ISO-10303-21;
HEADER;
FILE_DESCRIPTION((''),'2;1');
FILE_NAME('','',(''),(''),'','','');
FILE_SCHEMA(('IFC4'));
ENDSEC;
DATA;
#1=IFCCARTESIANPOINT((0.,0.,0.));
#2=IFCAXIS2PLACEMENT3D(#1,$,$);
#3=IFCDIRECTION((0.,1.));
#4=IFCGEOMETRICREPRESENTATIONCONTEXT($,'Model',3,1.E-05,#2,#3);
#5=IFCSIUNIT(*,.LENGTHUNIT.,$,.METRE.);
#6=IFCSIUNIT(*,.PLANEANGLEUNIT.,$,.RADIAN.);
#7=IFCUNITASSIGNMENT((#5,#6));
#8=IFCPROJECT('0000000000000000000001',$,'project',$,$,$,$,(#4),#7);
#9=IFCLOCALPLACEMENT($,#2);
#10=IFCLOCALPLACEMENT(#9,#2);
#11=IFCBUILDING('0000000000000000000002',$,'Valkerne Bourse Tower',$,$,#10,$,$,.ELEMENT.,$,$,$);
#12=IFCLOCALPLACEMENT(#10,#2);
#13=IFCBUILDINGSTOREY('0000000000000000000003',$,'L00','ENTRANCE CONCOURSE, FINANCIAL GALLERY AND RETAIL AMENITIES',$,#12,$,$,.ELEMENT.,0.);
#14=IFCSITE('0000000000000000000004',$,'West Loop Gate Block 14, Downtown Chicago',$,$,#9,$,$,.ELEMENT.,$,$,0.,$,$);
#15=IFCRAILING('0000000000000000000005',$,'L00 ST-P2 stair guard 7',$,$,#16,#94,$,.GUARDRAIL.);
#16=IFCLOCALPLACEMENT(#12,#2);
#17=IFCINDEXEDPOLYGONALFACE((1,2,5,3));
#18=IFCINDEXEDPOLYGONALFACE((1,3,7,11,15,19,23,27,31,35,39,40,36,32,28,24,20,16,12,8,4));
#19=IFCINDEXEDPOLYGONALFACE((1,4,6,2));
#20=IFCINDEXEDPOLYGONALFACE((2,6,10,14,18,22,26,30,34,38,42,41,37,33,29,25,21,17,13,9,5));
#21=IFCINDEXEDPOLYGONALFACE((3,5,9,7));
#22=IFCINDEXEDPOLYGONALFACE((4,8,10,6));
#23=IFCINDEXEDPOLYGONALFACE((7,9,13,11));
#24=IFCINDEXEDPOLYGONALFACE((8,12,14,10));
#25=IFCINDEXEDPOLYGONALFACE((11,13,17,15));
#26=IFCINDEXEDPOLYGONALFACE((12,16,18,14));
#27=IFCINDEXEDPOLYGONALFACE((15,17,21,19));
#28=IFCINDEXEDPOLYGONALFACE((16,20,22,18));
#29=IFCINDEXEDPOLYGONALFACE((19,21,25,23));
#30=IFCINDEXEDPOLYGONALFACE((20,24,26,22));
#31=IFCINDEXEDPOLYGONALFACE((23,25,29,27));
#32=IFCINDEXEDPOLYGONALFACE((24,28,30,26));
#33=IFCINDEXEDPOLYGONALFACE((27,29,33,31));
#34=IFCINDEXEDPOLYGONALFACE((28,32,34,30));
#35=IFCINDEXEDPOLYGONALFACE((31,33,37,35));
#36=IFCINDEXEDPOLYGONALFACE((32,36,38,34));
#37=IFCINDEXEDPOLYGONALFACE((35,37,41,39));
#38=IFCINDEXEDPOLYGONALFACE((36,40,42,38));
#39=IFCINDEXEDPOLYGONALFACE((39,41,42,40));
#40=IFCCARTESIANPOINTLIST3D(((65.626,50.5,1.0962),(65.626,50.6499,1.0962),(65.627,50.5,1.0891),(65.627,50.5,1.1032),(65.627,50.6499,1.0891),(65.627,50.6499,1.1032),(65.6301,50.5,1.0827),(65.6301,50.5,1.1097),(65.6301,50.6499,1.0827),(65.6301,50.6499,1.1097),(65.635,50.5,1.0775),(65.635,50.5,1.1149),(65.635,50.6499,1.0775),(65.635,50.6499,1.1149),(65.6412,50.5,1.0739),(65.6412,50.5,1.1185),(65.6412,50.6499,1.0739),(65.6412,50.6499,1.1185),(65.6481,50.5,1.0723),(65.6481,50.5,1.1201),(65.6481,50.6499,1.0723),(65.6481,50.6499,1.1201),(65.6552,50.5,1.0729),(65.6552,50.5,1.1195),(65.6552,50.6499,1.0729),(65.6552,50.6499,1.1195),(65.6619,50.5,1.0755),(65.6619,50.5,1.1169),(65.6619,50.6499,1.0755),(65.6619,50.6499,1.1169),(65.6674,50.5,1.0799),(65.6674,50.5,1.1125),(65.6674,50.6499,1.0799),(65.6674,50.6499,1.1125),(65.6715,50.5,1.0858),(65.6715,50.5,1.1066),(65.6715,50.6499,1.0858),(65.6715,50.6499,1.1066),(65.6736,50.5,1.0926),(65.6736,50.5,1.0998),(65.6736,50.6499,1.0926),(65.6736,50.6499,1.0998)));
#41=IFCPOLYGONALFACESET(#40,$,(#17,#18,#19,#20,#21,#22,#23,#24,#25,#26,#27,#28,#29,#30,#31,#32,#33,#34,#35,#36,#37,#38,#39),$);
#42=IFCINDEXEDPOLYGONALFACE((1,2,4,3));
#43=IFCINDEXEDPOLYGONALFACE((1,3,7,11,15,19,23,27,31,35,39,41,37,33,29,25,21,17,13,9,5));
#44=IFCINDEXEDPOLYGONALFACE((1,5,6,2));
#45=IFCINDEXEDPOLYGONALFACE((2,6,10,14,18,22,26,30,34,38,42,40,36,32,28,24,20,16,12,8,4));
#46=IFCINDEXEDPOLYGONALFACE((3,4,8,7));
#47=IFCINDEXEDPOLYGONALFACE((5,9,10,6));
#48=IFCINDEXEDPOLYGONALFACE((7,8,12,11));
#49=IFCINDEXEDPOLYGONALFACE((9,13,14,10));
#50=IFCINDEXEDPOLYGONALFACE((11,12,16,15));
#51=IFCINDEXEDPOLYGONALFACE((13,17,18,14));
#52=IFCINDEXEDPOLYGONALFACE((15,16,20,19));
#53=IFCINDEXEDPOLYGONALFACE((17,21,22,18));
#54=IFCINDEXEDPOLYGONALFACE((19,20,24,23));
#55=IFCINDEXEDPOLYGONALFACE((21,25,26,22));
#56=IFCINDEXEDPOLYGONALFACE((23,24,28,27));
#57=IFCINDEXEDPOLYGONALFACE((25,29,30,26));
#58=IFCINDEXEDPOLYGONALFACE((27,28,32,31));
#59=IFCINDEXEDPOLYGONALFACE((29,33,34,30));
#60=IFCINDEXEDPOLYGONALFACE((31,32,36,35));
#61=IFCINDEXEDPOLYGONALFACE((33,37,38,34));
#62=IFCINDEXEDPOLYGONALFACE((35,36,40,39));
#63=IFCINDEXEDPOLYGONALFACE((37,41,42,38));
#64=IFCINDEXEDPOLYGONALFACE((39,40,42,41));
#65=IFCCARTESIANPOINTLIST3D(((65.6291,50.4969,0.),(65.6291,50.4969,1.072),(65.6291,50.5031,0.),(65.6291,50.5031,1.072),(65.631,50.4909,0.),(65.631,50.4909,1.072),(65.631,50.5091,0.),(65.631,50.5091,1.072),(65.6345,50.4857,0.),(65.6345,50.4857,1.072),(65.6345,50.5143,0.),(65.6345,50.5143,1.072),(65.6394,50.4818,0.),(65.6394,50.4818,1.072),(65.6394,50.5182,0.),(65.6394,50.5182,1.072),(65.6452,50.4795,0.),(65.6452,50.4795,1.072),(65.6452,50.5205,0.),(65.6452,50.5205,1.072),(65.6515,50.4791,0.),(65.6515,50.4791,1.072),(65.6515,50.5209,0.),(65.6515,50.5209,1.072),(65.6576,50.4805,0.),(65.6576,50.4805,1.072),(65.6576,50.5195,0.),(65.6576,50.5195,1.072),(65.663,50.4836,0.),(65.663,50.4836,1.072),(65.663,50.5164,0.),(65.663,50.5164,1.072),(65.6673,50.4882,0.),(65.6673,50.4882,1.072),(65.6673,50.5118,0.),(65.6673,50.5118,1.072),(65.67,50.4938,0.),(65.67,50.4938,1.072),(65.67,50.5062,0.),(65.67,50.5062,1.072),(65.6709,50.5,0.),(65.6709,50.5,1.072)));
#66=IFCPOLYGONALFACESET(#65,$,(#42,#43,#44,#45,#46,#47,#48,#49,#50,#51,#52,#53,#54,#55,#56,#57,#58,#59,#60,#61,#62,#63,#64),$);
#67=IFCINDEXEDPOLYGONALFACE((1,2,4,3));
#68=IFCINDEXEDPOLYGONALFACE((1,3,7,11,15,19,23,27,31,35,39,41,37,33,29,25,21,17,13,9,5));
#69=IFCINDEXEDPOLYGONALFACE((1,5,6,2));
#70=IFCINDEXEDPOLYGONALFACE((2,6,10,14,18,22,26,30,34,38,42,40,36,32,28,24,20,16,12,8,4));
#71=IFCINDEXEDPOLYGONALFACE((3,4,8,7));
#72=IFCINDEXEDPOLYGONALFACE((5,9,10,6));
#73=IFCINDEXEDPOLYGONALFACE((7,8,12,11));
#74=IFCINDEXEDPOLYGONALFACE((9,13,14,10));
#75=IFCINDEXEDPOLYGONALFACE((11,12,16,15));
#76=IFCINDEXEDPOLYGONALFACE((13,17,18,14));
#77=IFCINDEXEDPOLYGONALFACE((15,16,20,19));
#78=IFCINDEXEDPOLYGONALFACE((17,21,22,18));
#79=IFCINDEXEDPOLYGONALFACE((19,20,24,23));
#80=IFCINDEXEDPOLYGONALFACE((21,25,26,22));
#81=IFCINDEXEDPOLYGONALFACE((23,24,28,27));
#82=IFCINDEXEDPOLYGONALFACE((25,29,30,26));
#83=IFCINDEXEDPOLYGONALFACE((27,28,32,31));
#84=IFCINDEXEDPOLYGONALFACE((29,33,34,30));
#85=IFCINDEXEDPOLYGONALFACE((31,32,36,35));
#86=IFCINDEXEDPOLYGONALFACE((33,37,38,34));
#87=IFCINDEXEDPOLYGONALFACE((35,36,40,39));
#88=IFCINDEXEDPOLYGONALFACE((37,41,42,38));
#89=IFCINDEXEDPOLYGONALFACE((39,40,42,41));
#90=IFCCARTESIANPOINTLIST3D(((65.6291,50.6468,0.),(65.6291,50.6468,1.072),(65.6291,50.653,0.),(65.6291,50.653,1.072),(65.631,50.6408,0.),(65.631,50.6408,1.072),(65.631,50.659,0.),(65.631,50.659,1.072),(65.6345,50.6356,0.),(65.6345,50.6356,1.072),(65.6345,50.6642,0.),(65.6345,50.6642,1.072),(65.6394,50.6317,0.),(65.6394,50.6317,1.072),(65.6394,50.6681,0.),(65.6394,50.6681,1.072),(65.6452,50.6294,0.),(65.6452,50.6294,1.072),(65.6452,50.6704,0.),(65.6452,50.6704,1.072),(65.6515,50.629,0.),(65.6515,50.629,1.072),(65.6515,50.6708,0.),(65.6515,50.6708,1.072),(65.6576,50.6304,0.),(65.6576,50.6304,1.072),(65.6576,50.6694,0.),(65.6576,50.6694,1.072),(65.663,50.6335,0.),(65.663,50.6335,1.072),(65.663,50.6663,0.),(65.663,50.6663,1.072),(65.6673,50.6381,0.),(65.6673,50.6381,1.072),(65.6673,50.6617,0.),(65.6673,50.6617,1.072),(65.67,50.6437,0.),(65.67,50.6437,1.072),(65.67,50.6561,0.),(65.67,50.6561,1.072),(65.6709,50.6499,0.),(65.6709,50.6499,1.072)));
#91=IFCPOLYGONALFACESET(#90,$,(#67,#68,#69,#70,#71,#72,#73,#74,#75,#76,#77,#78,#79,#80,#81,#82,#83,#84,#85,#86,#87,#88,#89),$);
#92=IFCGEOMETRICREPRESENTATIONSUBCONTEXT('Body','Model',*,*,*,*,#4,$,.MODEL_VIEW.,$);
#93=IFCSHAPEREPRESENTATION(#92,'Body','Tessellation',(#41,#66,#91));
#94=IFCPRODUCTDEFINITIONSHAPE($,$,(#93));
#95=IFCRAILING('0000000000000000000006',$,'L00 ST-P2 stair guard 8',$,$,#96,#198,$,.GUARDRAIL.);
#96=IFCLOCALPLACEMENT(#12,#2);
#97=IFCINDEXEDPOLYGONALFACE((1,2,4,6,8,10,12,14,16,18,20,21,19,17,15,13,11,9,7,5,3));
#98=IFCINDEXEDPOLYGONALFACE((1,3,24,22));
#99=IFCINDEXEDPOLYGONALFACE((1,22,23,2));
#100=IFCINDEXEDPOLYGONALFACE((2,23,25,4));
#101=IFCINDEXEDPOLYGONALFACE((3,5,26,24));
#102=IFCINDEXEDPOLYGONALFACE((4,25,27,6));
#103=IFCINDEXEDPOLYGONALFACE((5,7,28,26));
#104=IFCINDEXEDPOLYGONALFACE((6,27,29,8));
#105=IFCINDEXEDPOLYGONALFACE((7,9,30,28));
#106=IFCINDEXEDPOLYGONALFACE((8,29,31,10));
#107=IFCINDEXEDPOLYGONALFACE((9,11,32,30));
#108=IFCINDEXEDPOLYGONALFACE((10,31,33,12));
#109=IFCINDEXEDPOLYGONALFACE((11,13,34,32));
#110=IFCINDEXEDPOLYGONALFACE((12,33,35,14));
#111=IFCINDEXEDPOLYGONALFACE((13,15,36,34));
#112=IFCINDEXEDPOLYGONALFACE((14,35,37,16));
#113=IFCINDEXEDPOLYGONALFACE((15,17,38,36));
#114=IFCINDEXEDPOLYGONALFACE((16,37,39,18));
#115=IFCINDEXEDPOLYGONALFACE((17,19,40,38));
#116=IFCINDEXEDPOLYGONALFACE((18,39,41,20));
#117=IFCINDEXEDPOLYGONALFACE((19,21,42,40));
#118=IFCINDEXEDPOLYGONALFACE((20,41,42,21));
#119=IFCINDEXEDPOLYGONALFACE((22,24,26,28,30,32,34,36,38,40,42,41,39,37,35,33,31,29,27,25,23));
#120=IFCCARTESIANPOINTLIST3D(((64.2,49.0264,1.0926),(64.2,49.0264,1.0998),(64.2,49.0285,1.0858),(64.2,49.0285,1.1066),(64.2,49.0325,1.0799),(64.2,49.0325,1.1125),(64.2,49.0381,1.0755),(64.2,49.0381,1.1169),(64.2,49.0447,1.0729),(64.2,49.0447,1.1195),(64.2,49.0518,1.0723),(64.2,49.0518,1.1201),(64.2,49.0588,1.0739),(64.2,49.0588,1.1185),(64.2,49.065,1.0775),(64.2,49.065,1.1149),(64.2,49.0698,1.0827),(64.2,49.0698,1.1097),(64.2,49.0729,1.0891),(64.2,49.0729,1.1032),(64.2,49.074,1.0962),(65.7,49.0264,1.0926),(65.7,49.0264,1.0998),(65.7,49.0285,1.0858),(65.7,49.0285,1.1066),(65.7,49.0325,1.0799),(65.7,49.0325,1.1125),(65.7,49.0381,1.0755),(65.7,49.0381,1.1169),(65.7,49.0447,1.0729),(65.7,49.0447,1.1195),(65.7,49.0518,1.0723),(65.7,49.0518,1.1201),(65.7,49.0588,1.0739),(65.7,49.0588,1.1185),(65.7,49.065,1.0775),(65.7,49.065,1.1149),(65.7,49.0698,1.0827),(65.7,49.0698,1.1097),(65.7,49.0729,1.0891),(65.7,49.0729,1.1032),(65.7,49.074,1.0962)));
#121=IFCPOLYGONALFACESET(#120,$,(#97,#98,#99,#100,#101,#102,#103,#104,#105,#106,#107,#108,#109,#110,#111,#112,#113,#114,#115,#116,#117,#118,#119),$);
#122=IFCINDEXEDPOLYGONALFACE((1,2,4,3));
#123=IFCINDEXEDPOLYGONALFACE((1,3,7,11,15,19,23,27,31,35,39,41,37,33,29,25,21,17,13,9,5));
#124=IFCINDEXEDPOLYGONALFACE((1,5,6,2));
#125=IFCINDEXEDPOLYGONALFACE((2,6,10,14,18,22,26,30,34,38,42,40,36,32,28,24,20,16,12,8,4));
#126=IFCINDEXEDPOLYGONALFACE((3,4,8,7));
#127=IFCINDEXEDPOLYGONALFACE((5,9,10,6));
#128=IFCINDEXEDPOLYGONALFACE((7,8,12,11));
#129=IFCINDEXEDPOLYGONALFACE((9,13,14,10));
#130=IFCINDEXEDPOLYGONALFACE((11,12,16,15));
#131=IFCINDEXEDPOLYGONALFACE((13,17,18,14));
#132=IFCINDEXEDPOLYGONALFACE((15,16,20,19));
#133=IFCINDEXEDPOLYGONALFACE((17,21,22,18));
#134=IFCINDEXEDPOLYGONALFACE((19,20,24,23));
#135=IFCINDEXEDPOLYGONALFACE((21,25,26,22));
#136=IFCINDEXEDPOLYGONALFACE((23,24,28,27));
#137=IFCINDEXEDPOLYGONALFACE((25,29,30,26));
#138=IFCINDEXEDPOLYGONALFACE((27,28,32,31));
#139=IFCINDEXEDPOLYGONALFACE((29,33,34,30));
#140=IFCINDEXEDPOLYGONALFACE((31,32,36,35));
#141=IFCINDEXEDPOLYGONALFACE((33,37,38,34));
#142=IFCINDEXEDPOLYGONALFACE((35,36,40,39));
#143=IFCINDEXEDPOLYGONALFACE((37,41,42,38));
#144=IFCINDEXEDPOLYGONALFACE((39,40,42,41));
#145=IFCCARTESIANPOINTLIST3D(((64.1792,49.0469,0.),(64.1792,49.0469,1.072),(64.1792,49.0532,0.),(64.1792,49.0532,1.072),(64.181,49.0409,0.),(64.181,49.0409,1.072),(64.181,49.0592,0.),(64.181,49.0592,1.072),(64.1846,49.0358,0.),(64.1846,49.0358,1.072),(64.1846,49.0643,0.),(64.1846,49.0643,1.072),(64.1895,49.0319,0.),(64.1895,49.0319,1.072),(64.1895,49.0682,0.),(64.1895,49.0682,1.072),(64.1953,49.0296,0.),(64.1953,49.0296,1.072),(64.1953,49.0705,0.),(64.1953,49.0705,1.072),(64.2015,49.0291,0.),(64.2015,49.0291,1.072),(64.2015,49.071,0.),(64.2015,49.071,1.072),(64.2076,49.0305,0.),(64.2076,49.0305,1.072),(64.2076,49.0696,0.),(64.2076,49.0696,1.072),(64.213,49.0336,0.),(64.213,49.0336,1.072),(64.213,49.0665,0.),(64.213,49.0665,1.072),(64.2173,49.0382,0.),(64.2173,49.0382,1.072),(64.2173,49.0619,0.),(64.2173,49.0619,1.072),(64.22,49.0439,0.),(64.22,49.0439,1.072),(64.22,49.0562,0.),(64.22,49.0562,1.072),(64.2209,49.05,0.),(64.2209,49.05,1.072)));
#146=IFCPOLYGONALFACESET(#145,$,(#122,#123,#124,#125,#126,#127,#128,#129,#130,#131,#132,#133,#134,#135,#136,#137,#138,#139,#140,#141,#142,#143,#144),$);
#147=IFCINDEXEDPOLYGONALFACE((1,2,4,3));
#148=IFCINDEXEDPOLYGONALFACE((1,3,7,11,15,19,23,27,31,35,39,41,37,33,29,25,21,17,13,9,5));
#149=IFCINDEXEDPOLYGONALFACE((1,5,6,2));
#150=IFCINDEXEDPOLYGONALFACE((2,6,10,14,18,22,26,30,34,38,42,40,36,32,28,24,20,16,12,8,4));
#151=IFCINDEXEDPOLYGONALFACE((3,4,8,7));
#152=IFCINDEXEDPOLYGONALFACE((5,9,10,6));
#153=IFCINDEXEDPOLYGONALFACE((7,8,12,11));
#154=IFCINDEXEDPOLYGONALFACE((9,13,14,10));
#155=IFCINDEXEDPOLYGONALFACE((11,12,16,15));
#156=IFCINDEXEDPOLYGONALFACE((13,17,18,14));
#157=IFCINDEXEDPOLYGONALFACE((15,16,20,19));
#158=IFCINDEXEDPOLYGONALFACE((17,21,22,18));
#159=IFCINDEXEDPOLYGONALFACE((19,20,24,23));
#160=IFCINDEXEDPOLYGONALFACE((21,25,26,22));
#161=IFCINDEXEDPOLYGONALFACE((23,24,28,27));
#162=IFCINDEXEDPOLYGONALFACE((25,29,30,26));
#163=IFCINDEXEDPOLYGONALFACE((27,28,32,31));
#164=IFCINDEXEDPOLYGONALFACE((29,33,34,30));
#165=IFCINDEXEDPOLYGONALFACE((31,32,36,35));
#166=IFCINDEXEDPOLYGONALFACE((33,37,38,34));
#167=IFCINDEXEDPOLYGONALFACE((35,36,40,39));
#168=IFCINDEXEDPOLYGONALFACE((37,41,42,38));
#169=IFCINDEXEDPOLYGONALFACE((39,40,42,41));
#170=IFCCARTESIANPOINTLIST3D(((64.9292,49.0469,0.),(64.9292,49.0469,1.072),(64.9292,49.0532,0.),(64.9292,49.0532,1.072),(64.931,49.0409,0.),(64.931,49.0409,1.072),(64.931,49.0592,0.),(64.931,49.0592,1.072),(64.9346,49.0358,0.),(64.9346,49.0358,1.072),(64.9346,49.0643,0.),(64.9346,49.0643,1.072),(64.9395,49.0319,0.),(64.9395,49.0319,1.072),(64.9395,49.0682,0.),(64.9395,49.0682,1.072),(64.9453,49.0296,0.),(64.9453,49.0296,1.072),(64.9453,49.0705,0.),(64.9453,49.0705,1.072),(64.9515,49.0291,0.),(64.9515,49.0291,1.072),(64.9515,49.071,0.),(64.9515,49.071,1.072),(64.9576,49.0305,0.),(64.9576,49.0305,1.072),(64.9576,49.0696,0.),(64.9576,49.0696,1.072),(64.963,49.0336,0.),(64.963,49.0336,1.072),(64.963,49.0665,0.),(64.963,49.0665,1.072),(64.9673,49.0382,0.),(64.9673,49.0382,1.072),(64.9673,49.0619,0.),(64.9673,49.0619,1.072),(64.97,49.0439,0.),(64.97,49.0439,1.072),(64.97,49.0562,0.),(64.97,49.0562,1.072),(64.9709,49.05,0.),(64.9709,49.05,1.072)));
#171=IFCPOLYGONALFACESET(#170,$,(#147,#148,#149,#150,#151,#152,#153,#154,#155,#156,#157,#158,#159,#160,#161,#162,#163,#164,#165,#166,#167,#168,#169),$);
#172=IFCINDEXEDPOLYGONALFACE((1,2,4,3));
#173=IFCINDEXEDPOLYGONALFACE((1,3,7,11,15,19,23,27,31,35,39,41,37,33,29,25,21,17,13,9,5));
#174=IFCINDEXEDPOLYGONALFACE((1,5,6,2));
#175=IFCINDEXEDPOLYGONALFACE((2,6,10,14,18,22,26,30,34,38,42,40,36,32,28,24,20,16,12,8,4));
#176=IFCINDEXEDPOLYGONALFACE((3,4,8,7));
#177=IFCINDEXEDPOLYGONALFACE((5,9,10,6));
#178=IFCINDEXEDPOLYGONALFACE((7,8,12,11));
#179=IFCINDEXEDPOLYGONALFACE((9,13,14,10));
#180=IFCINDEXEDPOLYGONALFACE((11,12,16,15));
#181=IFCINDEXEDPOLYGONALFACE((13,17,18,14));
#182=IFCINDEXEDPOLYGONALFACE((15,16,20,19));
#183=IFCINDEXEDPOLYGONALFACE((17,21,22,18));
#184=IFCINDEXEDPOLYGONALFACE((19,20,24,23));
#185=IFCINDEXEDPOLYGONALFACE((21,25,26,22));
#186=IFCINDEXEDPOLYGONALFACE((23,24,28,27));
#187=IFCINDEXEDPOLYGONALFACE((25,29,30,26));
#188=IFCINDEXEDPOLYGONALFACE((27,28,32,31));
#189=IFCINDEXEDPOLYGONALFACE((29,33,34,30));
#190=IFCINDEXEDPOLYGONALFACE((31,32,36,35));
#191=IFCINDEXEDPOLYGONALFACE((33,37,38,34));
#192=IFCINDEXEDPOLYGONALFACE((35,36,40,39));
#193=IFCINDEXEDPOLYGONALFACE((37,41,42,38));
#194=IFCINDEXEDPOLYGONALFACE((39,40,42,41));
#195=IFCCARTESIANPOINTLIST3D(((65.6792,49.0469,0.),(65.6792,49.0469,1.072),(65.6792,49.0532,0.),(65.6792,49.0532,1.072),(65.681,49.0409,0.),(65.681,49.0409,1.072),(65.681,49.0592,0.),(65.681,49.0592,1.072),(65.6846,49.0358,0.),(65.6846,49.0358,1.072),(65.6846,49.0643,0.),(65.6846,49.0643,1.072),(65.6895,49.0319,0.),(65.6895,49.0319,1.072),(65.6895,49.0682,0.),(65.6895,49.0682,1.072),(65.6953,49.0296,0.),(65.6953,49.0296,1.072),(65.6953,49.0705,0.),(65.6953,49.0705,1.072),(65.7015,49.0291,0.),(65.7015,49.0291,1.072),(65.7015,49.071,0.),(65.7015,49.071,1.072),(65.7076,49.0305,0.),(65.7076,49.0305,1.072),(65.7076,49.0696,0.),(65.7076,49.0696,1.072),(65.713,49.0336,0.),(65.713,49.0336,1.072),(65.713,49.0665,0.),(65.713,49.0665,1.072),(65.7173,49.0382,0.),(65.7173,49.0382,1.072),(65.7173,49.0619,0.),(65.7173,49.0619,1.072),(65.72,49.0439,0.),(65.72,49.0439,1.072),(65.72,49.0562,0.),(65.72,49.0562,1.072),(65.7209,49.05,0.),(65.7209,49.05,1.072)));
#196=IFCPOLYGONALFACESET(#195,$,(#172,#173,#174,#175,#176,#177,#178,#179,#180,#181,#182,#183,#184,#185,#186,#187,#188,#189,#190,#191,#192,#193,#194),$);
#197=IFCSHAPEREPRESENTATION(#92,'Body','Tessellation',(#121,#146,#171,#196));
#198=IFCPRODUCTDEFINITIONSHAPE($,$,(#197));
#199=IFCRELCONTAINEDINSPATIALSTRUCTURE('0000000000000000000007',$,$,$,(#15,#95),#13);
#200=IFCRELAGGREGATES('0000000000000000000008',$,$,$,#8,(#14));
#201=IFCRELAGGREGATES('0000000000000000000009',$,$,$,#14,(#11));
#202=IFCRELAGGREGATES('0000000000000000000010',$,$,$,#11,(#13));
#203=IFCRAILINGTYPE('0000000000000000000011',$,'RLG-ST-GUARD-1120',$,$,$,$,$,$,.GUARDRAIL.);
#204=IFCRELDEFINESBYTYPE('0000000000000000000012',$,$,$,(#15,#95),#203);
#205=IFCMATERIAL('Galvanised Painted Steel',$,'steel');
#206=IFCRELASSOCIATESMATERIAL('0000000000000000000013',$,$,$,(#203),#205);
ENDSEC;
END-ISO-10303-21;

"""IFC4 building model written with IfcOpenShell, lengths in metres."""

from ifc_helpers import new_model, si_unit, direction, frame, origin, origin_2d, place, context, subcontext, project, spatial, circle, extrude, material, type_object, element, save


model = new_model("IFC4")

# Units and contexts
model_context = context("Model", 3, precision=1e-05, world=origin(), true_north=direction((0.0, 1.0)))
body_context = subcontext(model_context, "Body", "Model", "MODEL_VIEW")
ifc_project = project(units=[si_unit("LENGTHUNIT", "METRE"), si_unit("PLANEANGLEUNIT", "RADIAN")], contexts=[model_context])

# Site, building, storey
site_placement = place(None, origin())
site = spatial("IfcSite", under=ifc_project, at=site_placement, Name="West Loop Gate Block 14, Downtown Chicago", CompositionType="ELEMENT", RefElevation=0.0)
building_placement = place(site_placement, origin())
building = spatial("IfcBuilding", under=site, at=building_placement, Name="Valkerne Bourse Tower", CompositionType="ELEMENT")
storey_placement = place(building_placement, origin())
storey = spatial("IfcBuildingStorey", under=building, at=storey_placement, Name="L00", Description="ENTRANCE CONCOURSE, FINANCIAL GALLERY AND RETAIL AMENITIES", CompositionType="ELEMENT", Elevation=0.0)

# Shared definitions
ifc_material_1 = material(Name="Galvanised Painted Steel", Category="steel")

# Railings
railing_type_1 = type_object("IfcRailingType", Name="RLG-ST-GUARD-1120", PredefinedType="GUARDRAIL", material=ifc_material_1)
railing_1_placement = place(storey_placement, frame((65.6499, 50.5, 0.0)))
element("IfcRailing", 1, at=railing_1_placement, inside=storey, type_object=railing_type_1, Name="L00 ST-P2 stair guard 7", PredefinedType="GUARDRAIL", context=body_context, shape_type="SweptSolid", body=[
    extrude(circle(Radius=0.0239, at=origin_2d()), frame((0.0, 0.0, 1.0962), z_axis=(0.0, 1.0, 0.0), x_axis=(-1.0, 0.0, 0.0)), (0.0, 0.0, 1.0), 0.1499),
    extrude(circle(Radius=0.021, at=origin_2d()), origin(), (0.0, 0.0, 1.0), 1.072),
    extrude(circle(Radius=0.021, at=origin_2d()), frame((0.0, 0.1499, 0.0)), (0.0, 0.0, 1.0), 1.072),
])
for number, where, name in (
    (2, (64.2, 49.05, 0.0), "L00 ST-P2 stair guard 8"),
):
    element("IfcRailing", number, at=place(storey_placement, frame(where)), inside=storey, type_object=railing_type_1, Name=name, PredefinedType="GUARDRAIL", context=body_context, shape_type="SweptSolid", body=[
        extrude(circle(Radius=0.0239, at=origin_2d()), frame((0.0, 0.0, 1.0962), z_axis=(1.0, 0.0, 0.0), x_axis=(0.0, 1.0, 0.0)), (0.0, 0.0, 1.0), 1.5),
        extrude(circle(Radius=0.021, at=origin_2d()), origin(), (0.0, 0.0, 1.0), 1.072),
        extrude(circle(Radius=0.021, at=origin_2d()), frame((0.75, 0.0, 0.0)), (0.0, 0.0, 1.0), 1.072),
        extrude(circle(Radius=0.021, at=origin_2d()), frame((1.5, 0.0, 0.0)), (0.0, 0.0, 1.0), 1.072),
    ])

save(model, "model.ifc")
